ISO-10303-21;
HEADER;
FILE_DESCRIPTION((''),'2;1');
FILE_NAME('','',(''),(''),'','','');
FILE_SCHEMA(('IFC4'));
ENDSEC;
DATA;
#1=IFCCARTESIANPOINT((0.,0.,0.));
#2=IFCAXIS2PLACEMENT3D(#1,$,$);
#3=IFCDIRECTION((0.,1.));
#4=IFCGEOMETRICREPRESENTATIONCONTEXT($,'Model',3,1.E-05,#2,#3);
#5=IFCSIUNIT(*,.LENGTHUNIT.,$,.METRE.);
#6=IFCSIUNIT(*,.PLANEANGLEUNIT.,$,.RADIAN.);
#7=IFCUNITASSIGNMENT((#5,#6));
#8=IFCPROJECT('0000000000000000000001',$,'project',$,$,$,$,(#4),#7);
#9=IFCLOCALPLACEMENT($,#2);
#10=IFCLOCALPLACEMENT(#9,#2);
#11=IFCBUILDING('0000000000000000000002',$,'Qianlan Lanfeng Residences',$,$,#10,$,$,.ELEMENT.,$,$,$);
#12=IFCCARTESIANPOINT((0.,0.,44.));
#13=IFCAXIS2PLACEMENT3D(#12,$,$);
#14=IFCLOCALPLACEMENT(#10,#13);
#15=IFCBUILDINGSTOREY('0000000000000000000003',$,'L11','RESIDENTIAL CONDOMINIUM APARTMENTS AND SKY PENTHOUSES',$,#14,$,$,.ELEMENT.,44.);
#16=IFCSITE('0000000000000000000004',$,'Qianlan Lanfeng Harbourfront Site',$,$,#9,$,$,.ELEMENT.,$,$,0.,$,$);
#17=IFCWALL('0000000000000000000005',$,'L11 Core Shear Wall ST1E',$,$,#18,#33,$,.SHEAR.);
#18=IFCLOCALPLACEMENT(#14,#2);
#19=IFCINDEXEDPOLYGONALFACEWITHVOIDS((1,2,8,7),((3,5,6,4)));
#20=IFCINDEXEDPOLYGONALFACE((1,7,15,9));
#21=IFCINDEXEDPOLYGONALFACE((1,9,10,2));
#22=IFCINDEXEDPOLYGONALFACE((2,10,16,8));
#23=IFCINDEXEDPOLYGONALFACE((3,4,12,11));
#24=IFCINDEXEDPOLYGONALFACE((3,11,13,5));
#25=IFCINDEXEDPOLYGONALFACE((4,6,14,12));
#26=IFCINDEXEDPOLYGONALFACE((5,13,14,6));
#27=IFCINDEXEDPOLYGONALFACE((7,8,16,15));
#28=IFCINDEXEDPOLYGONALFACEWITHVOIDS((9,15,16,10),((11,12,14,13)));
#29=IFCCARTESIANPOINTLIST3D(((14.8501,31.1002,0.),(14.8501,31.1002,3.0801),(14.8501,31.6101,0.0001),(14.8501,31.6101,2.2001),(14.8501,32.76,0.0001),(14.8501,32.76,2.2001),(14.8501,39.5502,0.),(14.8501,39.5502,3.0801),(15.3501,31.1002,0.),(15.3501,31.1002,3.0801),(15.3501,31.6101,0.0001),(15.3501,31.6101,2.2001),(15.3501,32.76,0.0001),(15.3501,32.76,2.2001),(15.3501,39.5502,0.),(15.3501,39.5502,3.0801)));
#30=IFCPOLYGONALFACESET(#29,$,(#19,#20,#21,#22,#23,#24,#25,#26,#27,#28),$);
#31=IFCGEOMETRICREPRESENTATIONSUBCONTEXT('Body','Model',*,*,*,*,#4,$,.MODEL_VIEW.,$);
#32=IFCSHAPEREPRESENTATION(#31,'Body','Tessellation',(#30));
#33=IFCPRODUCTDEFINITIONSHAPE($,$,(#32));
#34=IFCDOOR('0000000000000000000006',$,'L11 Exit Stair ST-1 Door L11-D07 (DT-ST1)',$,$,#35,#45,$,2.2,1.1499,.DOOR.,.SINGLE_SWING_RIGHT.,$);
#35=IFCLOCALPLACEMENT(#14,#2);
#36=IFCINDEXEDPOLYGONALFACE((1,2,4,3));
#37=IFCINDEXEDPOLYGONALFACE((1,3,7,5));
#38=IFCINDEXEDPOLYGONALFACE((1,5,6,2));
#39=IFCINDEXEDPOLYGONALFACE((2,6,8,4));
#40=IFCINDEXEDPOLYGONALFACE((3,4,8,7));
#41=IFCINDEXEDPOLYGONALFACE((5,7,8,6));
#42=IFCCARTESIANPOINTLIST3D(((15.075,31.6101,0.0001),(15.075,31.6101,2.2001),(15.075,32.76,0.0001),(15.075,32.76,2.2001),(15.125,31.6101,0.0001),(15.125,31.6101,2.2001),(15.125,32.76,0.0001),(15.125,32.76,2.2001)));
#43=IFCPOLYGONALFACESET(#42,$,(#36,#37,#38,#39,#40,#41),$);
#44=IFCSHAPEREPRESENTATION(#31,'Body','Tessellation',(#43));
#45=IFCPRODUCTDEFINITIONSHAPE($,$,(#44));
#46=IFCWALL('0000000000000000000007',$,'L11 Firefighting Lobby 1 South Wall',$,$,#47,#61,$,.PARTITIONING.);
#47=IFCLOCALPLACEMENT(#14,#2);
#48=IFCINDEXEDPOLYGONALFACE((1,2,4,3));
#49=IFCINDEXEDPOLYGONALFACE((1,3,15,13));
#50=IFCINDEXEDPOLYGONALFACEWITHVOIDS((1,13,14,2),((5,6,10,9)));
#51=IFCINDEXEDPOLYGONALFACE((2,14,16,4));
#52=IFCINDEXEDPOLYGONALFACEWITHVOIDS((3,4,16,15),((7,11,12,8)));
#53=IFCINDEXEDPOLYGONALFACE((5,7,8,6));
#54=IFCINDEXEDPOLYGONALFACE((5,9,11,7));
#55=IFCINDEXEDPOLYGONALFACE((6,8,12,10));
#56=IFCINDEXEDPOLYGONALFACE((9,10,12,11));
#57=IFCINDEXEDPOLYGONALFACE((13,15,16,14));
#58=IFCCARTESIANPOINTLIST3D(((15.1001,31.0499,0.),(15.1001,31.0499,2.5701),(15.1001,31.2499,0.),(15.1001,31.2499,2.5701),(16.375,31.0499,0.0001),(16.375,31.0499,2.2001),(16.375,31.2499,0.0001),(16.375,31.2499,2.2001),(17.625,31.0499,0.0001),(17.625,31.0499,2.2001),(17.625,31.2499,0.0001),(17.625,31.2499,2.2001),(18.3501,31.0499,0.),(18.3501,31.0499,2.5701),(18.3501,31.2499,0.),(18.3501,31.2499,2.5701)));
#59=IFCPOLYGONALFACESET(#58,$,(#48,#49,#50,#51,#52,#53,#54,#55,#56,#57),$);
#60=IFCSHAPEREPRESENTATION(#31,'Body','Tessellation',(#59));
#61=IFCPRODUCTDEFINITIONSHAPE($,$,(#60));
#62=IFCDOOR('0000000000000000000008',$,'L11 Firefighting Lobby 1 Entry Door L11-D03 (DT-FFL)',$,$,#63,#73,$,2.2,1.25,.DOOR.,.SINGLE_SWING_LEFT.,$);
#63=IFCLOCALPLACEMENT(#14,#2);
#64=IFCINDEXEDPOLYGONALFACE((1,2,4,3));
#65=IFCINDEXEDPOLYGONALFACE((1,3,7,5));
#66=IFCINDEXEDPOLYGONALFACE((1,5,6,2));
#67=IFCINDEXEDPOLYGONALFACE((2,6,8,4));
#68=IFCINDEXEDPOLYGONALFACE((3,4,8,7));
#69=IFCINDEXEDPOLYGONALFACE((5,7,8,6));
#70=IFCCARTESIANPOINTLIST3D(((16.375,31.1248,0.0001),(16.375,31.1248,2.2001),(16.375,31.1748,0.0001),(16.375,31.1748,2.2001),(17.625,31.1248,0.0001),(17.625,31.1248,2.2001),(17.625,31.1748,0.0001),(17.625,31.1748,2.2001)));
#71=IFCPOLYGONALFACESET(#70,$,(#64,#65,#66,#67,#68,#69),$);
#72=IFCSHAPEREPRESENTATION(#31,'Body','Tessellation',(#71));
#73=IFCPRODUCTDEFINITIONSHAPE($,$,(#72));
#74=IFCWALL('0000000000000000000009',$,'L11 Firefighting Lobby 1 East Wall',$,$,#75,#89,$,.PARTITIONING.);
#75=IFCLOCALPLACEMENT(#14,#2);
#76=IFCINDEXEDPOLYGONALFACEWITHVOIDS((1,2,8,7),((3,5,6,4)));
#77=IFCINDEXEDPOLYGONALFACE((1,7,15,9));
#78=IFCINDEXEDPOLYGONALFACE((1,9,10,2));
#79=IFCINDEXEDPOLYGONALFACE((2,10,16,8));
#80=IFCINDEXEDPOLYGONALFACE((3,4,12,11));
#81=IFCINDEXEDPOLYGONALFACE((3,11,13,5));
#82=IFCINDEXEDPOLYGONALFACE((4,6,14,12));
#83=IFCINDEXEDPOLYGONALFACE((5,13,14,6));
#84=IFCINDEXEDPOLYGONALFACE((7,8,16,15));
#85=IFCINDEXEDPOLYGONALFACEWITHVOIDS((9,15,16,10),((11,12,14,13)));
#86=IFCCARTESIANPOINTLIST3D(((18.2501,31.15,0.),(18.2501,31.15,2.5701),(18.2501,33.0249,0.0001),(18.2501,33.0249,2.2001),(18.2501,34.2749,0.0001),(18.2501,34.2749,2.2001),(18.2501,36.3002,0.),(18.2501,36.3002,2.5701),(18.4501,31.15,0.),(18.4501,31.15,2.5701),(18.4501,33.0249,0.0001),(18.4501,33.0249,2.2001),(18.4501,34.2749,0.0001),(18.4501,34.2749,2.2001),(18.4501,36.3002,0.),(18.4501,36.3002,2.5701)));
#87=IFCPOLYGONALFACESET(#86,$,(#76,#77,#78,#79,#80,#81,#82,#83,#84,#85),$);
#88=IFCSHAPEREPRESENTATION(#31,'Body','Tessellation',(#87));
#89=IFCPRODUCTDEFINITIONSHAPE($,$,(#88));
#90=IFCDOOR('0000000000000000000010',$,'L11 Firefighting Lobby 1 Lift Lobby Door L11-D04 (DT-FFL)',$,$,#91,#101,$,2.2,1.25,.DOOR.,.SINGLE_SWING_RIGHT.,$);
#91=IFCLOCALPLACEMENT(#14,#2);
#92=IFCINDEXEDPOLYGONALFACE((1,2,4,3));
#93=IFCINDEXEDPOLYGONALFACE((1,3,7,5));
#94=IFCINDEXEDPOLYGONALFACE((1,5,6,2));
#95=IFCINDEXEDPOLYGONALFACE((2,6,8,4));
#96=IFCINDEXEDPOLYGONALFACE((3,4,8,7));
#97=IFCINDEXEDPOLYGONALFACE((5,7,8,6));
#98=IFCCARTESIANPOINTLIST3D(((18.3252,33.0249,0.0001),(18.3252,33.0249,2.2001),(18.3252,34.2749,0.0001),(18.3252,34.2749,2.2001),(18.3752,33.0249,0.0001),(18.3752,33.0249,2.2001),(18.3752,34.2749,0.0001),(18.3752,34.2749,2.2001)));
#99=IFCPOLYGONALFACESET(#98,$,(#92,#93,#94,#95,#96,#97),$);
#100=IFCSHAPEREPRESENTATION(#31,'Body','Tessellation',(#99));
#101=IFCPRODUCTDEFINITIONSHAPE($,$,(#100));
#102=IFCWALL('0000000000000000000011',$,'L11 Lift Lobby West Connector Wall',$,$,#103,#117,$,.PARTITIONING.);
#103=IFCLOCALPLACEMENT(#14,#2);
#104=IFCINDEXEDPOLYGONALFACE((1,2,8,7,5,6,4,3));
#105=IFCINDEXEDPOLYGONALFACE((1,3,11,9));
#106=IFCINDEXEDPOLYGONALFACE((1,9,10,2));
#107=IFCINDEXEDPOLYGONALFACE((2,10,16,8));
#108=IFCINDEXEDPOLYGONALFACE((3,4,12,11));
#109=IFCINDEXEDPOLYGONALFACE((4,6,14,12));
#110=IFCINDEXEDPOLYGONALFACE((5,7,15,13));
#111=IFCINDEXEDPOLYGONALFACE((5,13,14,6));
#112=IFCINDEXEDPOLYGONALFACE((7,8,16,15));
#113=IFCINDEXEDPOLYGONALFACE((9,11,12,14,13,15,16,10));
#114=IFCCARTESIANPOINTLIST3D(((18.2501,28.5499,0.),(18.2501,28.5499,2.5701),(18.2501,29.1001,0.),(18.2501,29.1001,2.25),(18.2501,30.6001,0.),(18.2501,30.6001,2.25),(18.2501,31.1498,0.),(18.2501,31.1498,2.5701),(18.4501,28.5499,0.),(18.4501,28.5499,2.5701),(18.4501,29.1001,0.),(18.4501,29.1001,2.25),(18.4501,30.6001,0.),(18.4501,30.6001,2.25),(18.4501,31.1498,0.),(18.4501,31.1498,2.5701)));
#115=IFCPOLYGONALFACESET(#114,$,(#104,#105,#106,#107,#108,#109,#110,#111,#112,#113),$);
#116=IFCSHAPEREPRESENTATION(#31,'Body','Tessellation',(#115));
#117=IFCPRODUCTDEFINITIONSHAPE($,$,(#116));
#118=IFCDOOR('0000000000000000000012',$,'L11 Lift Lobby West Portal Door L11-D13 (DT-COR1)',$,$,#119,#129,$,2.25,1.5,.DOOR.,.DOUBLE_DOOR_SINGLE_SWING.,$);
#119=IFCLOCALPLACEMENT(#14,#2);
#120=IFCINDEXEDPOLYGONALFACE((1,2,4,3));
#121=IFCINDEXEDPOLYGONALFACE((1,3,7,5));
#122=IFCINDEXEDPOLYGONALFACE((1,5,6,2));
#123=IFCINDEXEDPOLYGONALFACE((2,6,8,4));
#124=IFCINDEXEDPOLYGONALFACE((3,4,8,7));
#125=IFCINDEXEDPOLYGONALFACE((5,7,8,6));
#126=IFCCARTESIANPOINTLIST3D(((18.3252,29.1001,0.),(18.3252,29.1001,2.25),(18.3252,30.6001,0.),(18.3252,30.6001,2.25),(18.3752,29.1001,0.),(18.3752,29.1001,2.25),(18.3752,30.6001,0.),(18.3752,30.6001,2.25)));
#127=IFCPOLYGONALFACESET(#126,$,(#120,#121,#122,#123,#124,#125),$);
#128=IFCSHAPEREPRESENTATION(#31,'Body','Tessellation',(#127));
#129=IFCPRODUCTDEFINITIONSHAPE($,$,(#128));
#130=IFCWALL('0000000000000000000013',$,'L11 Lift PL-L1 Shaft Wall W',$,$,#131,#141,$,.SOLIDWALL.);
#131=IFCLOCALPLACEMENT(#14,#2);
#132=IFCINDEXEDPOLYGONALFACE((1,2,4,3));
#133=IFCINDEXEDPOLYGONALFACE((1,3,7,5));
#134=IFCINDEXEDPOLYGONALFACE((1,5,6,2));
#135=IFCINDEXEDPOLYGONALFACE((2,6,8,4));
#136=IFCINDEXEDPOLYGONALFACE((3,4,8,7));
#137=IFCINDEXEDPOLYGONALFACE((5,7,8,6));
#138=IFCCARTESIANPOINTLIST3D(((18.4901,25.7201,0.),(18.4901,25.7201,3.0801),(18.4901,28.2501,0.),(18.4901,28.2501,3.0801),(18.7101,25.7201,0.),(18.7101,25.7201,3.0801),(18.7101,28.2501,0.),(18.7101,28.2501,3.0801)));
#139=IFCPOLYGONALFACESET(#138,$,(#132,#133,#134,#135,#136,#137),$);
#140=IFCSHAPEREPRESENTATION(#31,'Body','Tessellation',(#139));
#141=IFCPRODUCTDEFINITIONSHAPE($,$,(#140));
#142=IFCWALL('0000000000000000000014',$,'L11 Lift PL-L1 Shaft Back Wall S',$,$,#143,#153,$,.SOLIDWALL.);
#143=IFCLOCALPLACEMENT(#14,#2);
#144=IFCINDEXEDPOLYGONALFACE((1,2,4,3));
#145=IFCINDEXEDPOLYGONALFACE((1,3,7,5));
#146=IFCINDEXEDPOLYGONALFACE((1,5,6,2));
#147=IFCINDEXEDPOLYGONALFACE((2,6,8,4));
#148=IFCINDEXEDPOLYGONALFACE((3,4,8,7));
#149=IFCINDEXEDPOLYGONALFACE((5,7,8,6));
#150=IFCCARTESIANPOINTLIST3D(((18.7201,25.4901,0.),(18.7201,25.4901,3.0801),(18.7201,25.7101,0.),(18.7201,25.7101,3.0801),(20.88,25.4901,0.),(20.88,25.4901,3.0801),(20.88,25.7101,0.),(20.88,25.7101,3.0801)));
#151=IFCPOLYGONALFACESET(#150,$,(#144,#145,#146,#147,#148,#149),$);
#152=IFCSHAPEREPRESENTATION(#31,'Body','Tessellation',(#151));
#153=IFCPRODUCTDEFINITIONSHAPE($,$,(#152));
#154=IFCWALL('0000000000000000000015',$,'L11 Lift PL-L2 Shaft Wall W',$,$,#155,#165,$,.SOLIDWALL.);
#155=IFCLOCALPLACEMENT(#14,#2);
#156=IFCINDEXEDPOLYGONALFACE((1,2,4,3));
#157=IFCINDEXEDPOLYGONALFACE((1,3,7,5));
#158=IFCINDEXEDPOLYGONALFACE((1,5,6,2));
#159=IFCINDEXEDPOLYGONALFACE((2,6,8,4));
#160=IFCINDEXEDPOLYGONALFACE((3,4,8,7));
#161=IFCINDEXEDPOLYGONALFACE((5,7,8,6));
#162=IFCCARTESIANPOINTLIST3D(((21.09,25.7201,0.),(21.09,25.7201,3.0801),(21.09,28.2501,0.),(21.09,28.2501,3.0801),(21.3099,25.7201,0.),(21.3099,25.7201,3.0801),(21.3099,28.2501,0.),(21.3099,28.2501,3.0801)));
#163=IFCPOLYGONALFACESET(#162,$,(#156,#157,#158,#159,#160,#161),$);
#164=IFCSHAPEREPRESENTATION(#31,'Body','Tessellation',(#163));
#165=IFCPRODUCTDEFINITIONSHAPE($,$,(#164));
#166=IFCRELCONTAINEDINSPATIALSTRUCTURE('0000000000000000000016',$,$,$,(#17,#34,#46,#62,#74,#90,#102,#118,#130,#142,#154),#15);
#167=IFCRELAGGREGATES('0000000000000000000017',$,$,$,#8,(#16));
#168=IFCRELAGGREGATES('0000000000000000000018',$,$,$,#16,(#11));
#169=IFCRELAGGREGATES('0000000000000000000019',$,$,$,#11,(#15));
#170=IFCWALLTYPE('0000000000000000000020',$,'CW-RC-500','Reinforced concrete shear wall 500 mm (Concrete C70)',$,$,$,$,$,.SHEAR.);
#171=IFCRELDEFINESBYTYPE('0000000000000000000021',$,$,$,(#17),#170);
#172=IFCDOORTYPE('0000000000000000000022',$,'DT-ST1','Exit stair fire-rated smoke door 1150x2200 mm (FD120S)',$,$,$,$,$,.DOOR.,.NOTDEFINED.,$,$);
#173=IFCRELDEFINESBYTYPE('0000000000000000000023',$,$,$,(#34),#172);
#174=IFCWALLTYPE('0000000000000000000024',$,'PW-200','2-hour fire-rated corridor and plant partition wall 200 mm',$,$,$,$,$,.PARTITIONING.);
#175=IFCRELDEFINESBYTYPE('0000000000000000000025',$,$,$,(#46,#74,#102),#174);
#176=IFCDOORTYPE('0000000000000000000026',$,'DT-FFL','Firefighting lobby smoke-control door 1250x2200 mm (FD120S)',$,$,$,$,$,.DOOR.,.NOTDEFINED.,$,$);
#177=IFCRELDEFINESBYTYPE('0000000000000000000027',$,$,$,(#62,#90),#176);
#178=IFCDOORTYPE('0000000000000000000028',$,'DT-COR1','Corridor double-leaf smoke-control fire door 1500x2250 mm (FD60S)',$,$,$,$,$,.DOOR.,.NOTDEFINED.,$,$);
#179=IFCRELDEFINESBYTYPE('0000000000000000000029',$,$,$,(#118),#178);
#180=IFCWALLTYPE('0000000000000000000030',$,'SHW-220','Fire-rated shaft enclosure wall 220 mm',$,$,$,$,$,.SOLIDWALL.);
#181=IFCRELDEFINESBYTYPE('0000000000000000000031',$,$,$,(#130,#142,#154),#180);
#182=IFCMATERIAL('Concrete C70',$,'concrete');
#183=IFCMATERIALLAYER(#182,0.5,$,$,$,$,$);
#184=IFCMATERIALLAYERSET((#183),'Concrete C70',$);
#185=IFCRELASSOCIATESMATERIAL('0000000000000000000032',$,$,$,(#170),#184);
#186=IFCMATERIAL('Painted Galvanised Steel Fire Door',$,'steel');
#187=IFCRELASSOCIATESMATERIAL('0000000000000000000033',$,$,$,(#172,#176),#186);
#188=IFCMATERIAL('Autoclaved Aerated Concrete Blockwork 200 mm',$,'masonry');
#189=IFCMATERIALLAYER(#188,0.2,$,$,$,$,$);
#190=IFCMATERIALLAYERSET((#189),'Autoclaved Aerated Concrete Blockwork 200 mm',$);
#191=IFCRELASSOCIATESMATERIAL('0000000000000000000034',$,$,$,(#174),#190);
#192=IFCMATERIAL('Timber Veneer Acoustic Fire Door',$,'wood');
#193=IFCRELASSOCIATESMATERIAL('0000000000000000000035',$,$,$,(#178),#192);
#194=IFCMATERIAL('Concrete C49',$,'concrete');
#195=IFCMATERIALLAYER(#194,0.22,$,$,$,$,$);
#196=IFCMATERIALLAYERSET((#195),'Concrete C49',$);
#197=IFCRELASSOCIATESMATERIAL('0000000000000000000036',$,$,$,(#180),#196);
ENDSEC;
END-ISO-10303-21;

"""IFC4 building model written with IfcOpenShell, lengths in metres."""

from ifc_helpers import new_model, si_unit, direction, frame, frame_2d, origin, place, context, subcontext, project, spatial, rectangle, extrude, material, layer, layer_set, type_object, element, fill, save


model = new_model("IFC4")

# Units and contexts
model_context = context("Model", 3, precision=1e-05, world=origin(), true_north=direction((0.0, 1.0)))
body_context = subcontext(model_context, "Body", "Model", "MODEL_VIEW")
ifc_project = project(units=[si_unit("LENGTHUNIT", "METRE"), si_unit("PLANEANGLEUNIT", "RADIAN")], contexts=[model_context])

# Site, building, storey
site_placement = place(None, origin())
site = spatial("IfcSite", under=ifc_project, at=site_placement, Name="Qianlan Lanfeng Harbourfront Site", CompositionType="ELEMENT", RefElevation=0.0)
building_placement = place(site_placement, origin())
building = spatial("IfcBuilding", under=site, at=building_placement, Name="Qianlan Lanfeng Residences", CompositionType="ELEMENT")
storey_placement = place(building_placement, frame((0.0, 0.0, 44.0)))
storey = spatial("IfcBuildingStorey", under=building, at=storey_placement, Name="L11", Description="RESIDENTIAL CONDOMINIUM APARTMENTS AND SKY PENTHOUSES", CompositionType="ELEMENT", Elevation=44.0)

# Wall, opening, door
ifc_material_1 = material(Name="Concrete C70", Category="concrete")
ifc_layer_1 = layer(ifc_material_1, 0.5)
ifc_layer_set_1 = layer_set([ifc_layer_1], Name="Concrete C70")
wall_type_1 = type_object("IfcWallType", Name="CW-RC-500", Description="Reinforced concrete shear wall 500 mm (Concrete C70)", PredefinedType="SHEAR", material=ifc_layer_set_1)
wall_1_placement = place(storey_placement, frame((15.1001, 31.1001, 0.0), z_axis=(0.0, 0.0, 1.0), x_axis=(0.0, 1.0, 0.0)))
wall_1 = element("IfcWall", 1, at=wall_1_placement, inside=storey, type_object=wall_type_1, Name="L11 Core Shear Wall ST1E", PredefinedType="SHEAR", context=body_context, shape_type="SweptSolid", body=[
    extrude(rectangle(XDim=8.45, YDim=0.5, at=frame_2d((4.2251, 0.0))), origin(), (0.0, 0.0, 1.0), 3.0801),
])
opening_1_placement = place(wall_1_placement, frame((0.51, 0.0, 0.0)))
opening_1 = element("IfcOpeningElement", 2, at=opening_1_placement, cuts=wall_1, PredefinedType="OPENING", context=body_context, shape_type="SweptSolid", body=[
    extrude(rectangle(XDim=1.1499, YDim=2.2, at=frame_2d((0.575, 1.1001))), frame((0.0, 0.26, 0.0), z_axis=(0.0, -1.0, 0.0), x_axis=(1.0, 0.0, 0.0)), (0.0, 0.0, 1.0), 0.52),
])
ifc_material_2 = material(Name="Painted Galvanised Steel Fire Door", Category="steel")
door_type_1 = type_object("IfcDoorType", Name="DT-ST1", Description="Exit stair fire-rated smoke door 1150x2200 mm (FD120S)", OperationType="NOTDEFINED", PredefinedType="DOOR", material=ifc_material_2)
door_1_placement = place(opening_1_placement, frame((1.1499, 0.0, 0.0), z_axis=(0.0, 0.0, 1.0), x_axis=(-1.0, 0.0, 0.0)))
door_1 = element("IfcDoor", 3, at=door_1_placement, inside=storey, type_object=door_type_1, Name="L11 Exit Stair ST-1 Door L11-D07 (DT-ST1)", OperationType="SINGLE_SWING_RIGHT", OverallHeight=2.2, OverallWidth=1.1499, PredefinedType="DOOR", context=body_context, shape_type="SweptSolid", body=[
    extrude(rectangle(XDim=1.1499, YDim=2.2, at=frame_2d((0.575, 1.1001))), frame((0.0, 0.0249, 0.0), z_axis=(0.0, -1.0, 0.0), x_axis=(1.0, 0.0, 0.0)), (0.0, 0.0, 1.0), 0.05),
])
fill(opening_1, door_1)

# Walls, openings, doors
ifc_material_3 = material(Name="Autoclaved Aerated Concrete Blockwork 200 mm", Category="masonry")
ifc_layer_2 = layer(ifc_material_3, 0.2)
ifc_layer_set_2 = layer_set([ifc_layer_2], Name="Autoclaved Aerated Concrete Blockwork 200 mm")
wall_type_2 = type_object("IfcWallType", Name="PW-200", Description="2-hour fire-rated corridor and plant partition wall 200 mm", PredefinedType="PARTITIONING", material=ifc_layer_set_2)
wall_2_placement = place(storey_placement, frame((15.1001, 31.1499, 0.0), z_axis=(0.0, 0.0, 1.0), x_axis=(1.0, 0.0, 0.0)))
wall_2 = element("IfcWall", 4, at=wall_2_placement, inside=storey, type_object=wall_type_2, Name="L11 Firefighting Lobby 1 South Wall", PredefinedType="PARTITIONING", context=body_context, shape_type="SweptSolid", body=[
    extrude(rectangle(XDim=3.25, YDim=0.2, at=frame_2d((1.625, 0.0))), origin(), (0.0, 0.0, 1.0), 2.5701),
])
opening_2_placement = place(wall_2_placement, frame((1.2749, 0.0, 0.0)))
opening_2 = element("IfcOpeningElement", 5, at=opening_2_placement, cuts=wall_2, PredefinedType="OPENING", context=body_context, shape_type="SweptSolid", body=[
    extrude(rectangle(XDim=1.25, YDim=2.2, at=frame_2d((0.625, 1.1001))), frame((0.0, 0.1099, 0.0), z_axis=(0.0, -1.0, 0.0), x_axis=(1.0, 0.0, 0.0)), (0.0, 0.0, 1.0), 0.22),
])
door_type_2 = type_object("IfcDoorType", Name="DT-FFL", Description="Firefighting lobby smoke-control door 1250x2200 mm (FD120S)", OperationType="NOTDEFINED", PredefinedType="DOOR", material=ifc_material_2)
door_2_placement = place(opening_2_placement, origin())
door_2 = element("IfcDoor", 6, at=door_2_placement, inside=storey, type_object=door_type_2, Name="L11 Firefighting Lobby 1 Entry Door L11-D03 (DT-FFL)", OperationType="SINGLE_SWING_LEFT", OverallHeight=2.2, OverallWidth=1.25, PredefinedType="DOOR", context=body_context, shape_type="SweptSolid", body=[
    extrude(rectangle(XDim=1.25, YDim=2.2, at=frame_2d((0.625, 1.1001))), frame((0.0, 0.0249, 0.0), z_axis=(0.0, -1.0, 0.0), x_axis=(1.0, 0.0, 0.0)), (0.0, 0.0, 1.0), 0.05),
])
fill(opening_2, door_2)
wall_3_placement = place(storey_placement, frame((18.3501, 31.1499, 0.0), z_axis=(0.0, 0.0, 1.0), x_axis=(0.0, 1.0, 0.0)))
wall_3 = element("IfcWall", 7, at=wall_3_placement, inside=storey, type_object=wall_type_2, Name="L11 Firefighting Lobby 1 East Wall", PredefinedType="PARTITIONING", context=body_context, shape_type="SweptSolid", body=[
    extrude(rectangle(XDim=5.1501, YDim=0.2, at=frame_2d((2.5752, 0.0))), origin(), (0.0, 0.0, 1.0), 2.5701),
])
opening_3_placement = place(wall_3_placement, frame((1.875, 0.0, 0.0)))
opening_3 = element("IfcOpeningElement", 8, at=opening_3_placement, cuts=wall_3, PredefinedType="OPENING", context=body_context, shape_type="SweptSolid", body=[
    extrude(rectangle(XDim=1.25, YDim=2.2, at=frame_2d((0.625, 1.1001))), frame((0.0, 0.1099, 0.0), z_axis=(0.0, -1.0, 0.0), x_axis=(1.0, 0.0, 0.0)), (0.0, 0.0, 1.0), 0.22),
])
door_3_placement = place(opening_3_placement, origin())
door_3 = element("IfcDoor", 9, at=door_3_placement, inside=storey, type_object=door_type_2, Name="L11 Firefighting Lobby 1 Lift Lobby Door L11-D04 (DT-FFL)", OperationType="SINGLE_SWING_RIGHT", OverallHeight=2.2, OverallWidth=1.25, PredefinedType="DOOR", context=body_context, shape_type="SweptSolid", body=[
    extrude(rectangle(XDim=1.25, YDim=2.2, at=frame_2d((0.625, 1.1001))), frame((0.0, 0.0249, 0.0), z_axis=(0.0, -1.0, 0.0), x_axis=(1.0, 0.0, 0.0)), (0.0, 0.0, 1.0), 0.05),
])
fill(opening_3, door_3)
wall_4_placement = place(storey_placement, frame((18.3501, 28.55, 0.0), z_axis=(0.0, 0.0, 1.0), x_axis=(0.0, 1.0, 0.0)))
wall_4 = element("IfcWall", 10, at=wall_4_placement, inside=storey, type_object=wall_type_2, Name="L11 Lift Lobby West Connector Wall", PredefinedType="PARTITIONING", context=body_context, shape_type="SweptSolid", body=[
    extrude(rectangle(XDim=2.5999, YDim=0.2, at=frame_2d((1.2998, 0.0))), origin(), (0.0, 0.0, 1.0), 2.5701),
])
opening_4_placement = place(wall_4_placement, frame((0.55, 0.0, 0.0)))
opening_4 = element("IfcOpeningElement", 11, at=opening_4_placement, cuts=wall_4, PredefinedType="OPENING", context=body_context, shape_type="SweptSolid", body=[
    extrude(rectangle(XDim=1.5, YDim=2.25, at=frame_2d((0.75, 1.125))), frame((0.0, 0.1099, 0.0), z_axis=(0.0, -1.0, 0.0), x_axis=(1.0, 0.0, 0.0)), (0.0, 0.0, 1.0), 0.22),
])
ifc_material_4 = material(Name="Timber Veneer Acoustic Fire Door", Category="wood")
door_type_3 = type_object("IfcDoorType", Name="DT-COR1", Description="Corridor double-leaf smoke-control fire door 1500x2250 mm (FD60S)", OperationType="NOTDEFINED", PredefinedType="DOOR", material=ifc_material_4)
door_4_placement = place(opening_4_placement, origin())
door_4 = element("IfcDoor", 12, at=door_4_placement, inside=storey, type_object=door_type_3, Name="L11 Lift Lobby West Portal Door L11-D13 (DT-COR1)", OperationType="DOUBLE_DOOR_SINGLE_SWING", OverallHeight=2.25, OverallWidth=1.5, PredefinedType="DOOR", context=body_context, shape_type="SweptSolid", body=[
    extrude(rectangle(XDim=1.5, YDim=2.25, at=frame_2d((0.75, 1.125))), frame((0.0, 0.0249, 0.0), z_axis=(0.0, -1.0, 0.0), x_axis=(1.0, 0.0, 0.0)), (0.0, 0.0, 1.0), 0.05),
])
fill(opening_4, door_4)

# Walls
ifc_material_5 = material(Name="Concrete C49", Category="concrete")
ifc_layer_3 = layer(ifc_material_5, 0.22)
ifc_layer_set_3 = layer_set([ifc_layer_3], Name="Concrete C49")
wall_type_3 = type_object("IfcWallType", Name="SHW-220", Description="Fire-rated shaft enclosure wall 220 mm", PredefinedType="SOLIDWALL", material=ifc_layer_set_3)
wall_5_placement = place(storey_placement, frame((18.6001, 25.72, 0.0), z_axis=(0.0, 0.0, 1.0), x_axis=(0.0, 1.0, 0.0)))
element("IfcWall", 13, at=wall_5_placement, inside=storey, type_object=wall_type_3, Name="L11 Lift PL-L1 Shaft Wall W", PredefinedType="SOLIDWALL", context=body_context, shape_type="SweptSolid", body=[
    extrude(rectangle(XDim=2.53, YDim=0.22, at=frame_2d((1.2651, 0.0))), origin(), (0.0, 0.0, 1.0), 3.0801),
])
wall_6_placement = place(storey_placement, frame((18.72, 25.6001, 0.0), z_axis=(0.0, 0.0, 1.0), x_axis=(1.0, 0.0, 0.0)))
element("IfcWall", 14, at=wall_6_placement, inside=storey, type_object=wall_type_3, Name="L11 Lift PL-L1 Shaft Back Wall S", PredefinedType="SOLIDWALL", context=body_context, shape_type="SweptSolid", body=[
    extrude(rectangle(XDim=2.1599, YDim=0.22, at=frame_2d((1.0801, 0.0))), origin(), (0.0, 0.0, 1.0), 3.0801),
])
wall_7_placement = place(storey_placement, frame((21.2, 25.72, 0.0), z_axis=(0.0, 0.0, 1.0), x_axis=(0.0, 1.0, 0.0)))
element("IfcWall", 15, at=wall_7_placement, inside=storey, type_object=wall_type_3, Name="L11 Lift PL-L2 Shaft Wall W", PredefinedType="SOLIDWALL", context=body_context, shape_type="SweptSolid", body=[
    extrude(rectangle(XDim=2.53, YDim=0.22, at=frame_2d((1.2651, 0.0))), origin(), (0.0, 0.0, 1.0), 3.0801),
])

save(model, "model.ifc")
